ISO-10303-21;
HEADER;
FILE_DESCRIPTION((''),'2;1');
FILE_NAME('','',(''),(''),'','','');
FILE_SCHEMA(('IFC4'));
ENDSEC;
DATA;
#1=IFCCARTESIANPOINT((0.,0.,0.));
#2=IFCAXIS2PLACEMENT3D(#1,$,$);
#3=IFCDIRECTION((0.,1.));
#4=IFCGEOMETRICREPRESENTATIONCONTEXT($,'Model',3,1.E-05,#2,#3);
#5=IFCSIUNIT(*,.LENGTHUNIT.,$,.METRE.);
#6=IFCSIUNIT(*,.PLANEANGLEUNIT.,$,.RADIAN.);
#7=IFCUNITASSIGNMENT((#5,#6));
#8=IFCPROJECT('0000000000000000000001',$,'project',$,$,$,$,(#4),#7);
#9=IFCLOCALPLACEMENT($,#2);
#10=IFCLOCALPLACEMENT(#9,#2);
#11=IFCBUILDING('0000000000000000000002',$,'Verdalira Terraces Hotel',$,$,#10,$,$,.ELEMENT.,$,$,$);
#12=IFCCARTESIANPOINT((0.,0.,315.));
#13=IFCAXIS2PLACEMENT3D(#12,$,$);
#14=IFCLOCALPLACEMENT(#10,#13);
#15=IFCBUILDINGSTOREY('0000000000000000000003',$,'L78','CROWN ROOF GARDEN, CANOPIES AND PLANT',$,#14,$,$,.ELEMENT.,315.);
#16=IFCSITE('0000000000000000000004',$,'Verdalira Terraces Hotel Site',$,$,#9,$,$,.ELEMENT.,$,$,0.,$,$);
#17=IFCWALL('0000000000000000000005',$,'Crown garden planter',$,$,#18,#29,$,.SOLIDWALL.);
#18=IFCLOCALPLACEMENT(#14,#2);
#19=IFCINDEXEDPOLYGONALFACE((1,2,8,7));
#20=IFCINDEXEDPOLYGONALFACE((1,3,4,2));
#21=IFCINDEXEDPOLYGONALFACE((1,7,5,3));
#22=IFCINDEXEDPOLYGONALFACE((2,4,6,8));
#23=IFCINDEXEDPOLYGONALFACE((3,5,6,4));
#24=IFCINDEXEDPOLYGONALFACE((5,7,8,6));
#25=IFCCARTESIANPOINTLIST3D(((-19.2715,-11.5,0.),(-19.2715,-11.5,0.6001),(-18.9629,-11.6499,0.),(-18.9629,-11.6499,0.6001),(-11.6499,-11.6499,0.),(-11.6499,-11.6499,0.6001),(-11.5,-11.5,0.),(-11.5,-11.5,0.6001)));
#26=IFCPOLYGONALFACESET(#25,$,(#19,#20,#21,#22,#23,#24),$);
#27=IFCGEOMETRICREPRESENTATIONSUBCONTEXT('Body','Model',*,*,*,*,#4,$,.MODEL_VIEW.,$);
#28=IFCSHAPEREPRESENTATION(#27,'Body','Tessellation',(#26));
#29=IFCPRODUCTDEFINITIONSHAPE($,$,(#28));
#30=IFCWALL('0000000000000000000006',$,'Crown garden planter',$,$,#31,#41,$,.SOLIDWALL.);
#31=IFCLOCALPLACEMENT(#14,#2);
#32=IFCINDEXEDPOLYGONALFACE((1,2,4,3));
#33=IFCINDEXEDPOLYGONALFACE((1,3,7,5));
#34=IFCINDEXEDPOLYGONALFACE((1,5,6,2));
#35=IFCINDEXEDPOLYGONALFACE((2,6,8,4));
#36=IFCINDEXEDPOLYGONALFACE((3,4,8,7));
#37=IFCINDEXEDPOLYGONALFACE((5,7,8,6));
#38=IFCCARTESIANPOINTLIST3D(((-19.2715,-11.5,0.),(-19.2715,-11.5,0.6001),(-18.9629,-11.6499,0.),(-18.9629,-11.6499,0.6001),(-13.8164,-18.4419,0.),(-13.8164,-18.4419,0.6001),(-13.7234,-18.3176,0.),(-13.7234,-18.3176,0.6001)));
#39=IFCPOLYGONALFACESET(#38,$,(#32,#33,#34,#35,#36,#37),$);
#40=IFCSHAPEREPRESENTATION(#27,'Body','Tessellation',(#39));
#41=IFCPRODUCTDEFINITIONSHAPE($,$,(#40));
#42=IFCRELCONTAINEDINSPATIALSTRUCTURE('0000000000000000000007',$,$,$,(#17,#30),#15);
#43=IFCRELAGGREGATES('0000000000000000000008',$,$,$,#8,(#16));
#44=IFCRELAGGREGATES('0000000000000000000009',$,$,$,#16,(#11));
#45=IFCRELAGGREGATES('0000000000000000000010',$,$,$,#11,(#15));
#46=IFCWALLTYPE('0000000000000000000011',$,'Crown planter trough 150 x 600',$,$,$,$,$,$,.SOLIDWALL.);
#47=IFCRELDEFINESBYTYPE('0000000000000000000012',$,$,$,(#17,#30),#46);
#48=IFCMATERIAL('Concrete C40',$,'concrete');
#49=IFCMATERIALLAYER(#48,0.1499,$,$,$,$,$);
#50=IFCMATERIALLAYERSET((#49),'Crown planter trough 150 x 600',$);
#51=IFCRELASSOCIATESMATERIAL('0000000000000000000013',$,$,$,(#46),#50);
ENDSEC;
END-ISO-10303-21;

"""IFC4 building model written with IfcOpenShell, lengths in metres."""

from ifc_helpers import new_model, si_unit, direction, frame, origin, place, context, subcontext, project, spatial, polyline, outline, extrude, material, layer, layer_set, type_object, element, save


model = new_model("IFC4")

# Units and contexts
model_context = context("Model", 3, precision=1e-05, world=origin(), true_north=direction((0.0, 1.0)))
body_context = subcontext(model_context, "Body", "Model", "MODEL_VIEW")
ifc_project = project(units=[si_unit("LENGTHUNIT", "METRE"), si_unit("PLANEANGLEUNIT", "RADIAN")], contexts=[model_context])

# Site, building, storey
site_placement = place(None, origin())
site = spatial("IfcSite", under=ifc_project, at=site_placement, Name="Verdalira Terraces Hotel Site", CompositionType="ELEMENT", RefElevation=0.0)
building_placement = place(site_placement, origin())
building = spatial("IfcBuilding", under=site, at=building_placement, Name="Verdalira Terraces Hotel", CompositionType="ELEMENT")
storey_placement = place(building_placement, frame((0.0, 0.0, 315.0)))
storey = spatial("IfcBuildingStorey", under=building, at=storey_placement, Name="L78", Description="CROWN ROOF GARDEN, CANOPIES AND PLANT", CompositionType="ELEMENT", Elevation=315.0)

# Walls
ifc_material_1 = material(Name="Concrete C40", Category="concrete")
ifc_layer_1 = layer(ifc_material_1, 0.1499)
ifc_layer_set_1 = layer_set([ifc_layer_1], Name="Crown planter trough 150 x 600")
wall_type_1 = type_object("IfcWallType", Name="Crown planter trough 150 x 600", PredefinedType="SOLIDWALL", material=ifc_layer_set_1)
wall_1_placement = place(storey_placement, origin())
element("IfcWall", 1, at=wall_1_placement, inside=storey, type_object=wall_type_1, Name="Crown garden planter", PredefinedType="SOLIDWALL", context=body_context, shape_type="SweptSolid", body=[
    extrude(outline(polyline([(-11.5, -11.5), (-19.2715, -11.5), (-18.9629, -11.6499), (-11.6499, -11.6499), (-11.5, -11.5)])), origin(), (0.0, 0.0, 1.0), 0.6001),
])
wall_2_placement = place(storey_placement, origin())
element("IfcWall", 2, at=wall_2_placement, inside=storey, type_object=wall_type_1, Name="Crown garden planter", PredefinedType="SOLIDWALL", context=body_context, shape_type="SweptSolid", body=[
    extrude(outline(polyline([(-19.2715, -11.5), (-13.8164, -18.4419), (-13.7234, -18.3176), (-18.9629, -11.6499), (-19.2715, -11.5)])), origin(), (0.0, 0.0, 1.0), 0.6001),
])

save(model, "model.ifc")
